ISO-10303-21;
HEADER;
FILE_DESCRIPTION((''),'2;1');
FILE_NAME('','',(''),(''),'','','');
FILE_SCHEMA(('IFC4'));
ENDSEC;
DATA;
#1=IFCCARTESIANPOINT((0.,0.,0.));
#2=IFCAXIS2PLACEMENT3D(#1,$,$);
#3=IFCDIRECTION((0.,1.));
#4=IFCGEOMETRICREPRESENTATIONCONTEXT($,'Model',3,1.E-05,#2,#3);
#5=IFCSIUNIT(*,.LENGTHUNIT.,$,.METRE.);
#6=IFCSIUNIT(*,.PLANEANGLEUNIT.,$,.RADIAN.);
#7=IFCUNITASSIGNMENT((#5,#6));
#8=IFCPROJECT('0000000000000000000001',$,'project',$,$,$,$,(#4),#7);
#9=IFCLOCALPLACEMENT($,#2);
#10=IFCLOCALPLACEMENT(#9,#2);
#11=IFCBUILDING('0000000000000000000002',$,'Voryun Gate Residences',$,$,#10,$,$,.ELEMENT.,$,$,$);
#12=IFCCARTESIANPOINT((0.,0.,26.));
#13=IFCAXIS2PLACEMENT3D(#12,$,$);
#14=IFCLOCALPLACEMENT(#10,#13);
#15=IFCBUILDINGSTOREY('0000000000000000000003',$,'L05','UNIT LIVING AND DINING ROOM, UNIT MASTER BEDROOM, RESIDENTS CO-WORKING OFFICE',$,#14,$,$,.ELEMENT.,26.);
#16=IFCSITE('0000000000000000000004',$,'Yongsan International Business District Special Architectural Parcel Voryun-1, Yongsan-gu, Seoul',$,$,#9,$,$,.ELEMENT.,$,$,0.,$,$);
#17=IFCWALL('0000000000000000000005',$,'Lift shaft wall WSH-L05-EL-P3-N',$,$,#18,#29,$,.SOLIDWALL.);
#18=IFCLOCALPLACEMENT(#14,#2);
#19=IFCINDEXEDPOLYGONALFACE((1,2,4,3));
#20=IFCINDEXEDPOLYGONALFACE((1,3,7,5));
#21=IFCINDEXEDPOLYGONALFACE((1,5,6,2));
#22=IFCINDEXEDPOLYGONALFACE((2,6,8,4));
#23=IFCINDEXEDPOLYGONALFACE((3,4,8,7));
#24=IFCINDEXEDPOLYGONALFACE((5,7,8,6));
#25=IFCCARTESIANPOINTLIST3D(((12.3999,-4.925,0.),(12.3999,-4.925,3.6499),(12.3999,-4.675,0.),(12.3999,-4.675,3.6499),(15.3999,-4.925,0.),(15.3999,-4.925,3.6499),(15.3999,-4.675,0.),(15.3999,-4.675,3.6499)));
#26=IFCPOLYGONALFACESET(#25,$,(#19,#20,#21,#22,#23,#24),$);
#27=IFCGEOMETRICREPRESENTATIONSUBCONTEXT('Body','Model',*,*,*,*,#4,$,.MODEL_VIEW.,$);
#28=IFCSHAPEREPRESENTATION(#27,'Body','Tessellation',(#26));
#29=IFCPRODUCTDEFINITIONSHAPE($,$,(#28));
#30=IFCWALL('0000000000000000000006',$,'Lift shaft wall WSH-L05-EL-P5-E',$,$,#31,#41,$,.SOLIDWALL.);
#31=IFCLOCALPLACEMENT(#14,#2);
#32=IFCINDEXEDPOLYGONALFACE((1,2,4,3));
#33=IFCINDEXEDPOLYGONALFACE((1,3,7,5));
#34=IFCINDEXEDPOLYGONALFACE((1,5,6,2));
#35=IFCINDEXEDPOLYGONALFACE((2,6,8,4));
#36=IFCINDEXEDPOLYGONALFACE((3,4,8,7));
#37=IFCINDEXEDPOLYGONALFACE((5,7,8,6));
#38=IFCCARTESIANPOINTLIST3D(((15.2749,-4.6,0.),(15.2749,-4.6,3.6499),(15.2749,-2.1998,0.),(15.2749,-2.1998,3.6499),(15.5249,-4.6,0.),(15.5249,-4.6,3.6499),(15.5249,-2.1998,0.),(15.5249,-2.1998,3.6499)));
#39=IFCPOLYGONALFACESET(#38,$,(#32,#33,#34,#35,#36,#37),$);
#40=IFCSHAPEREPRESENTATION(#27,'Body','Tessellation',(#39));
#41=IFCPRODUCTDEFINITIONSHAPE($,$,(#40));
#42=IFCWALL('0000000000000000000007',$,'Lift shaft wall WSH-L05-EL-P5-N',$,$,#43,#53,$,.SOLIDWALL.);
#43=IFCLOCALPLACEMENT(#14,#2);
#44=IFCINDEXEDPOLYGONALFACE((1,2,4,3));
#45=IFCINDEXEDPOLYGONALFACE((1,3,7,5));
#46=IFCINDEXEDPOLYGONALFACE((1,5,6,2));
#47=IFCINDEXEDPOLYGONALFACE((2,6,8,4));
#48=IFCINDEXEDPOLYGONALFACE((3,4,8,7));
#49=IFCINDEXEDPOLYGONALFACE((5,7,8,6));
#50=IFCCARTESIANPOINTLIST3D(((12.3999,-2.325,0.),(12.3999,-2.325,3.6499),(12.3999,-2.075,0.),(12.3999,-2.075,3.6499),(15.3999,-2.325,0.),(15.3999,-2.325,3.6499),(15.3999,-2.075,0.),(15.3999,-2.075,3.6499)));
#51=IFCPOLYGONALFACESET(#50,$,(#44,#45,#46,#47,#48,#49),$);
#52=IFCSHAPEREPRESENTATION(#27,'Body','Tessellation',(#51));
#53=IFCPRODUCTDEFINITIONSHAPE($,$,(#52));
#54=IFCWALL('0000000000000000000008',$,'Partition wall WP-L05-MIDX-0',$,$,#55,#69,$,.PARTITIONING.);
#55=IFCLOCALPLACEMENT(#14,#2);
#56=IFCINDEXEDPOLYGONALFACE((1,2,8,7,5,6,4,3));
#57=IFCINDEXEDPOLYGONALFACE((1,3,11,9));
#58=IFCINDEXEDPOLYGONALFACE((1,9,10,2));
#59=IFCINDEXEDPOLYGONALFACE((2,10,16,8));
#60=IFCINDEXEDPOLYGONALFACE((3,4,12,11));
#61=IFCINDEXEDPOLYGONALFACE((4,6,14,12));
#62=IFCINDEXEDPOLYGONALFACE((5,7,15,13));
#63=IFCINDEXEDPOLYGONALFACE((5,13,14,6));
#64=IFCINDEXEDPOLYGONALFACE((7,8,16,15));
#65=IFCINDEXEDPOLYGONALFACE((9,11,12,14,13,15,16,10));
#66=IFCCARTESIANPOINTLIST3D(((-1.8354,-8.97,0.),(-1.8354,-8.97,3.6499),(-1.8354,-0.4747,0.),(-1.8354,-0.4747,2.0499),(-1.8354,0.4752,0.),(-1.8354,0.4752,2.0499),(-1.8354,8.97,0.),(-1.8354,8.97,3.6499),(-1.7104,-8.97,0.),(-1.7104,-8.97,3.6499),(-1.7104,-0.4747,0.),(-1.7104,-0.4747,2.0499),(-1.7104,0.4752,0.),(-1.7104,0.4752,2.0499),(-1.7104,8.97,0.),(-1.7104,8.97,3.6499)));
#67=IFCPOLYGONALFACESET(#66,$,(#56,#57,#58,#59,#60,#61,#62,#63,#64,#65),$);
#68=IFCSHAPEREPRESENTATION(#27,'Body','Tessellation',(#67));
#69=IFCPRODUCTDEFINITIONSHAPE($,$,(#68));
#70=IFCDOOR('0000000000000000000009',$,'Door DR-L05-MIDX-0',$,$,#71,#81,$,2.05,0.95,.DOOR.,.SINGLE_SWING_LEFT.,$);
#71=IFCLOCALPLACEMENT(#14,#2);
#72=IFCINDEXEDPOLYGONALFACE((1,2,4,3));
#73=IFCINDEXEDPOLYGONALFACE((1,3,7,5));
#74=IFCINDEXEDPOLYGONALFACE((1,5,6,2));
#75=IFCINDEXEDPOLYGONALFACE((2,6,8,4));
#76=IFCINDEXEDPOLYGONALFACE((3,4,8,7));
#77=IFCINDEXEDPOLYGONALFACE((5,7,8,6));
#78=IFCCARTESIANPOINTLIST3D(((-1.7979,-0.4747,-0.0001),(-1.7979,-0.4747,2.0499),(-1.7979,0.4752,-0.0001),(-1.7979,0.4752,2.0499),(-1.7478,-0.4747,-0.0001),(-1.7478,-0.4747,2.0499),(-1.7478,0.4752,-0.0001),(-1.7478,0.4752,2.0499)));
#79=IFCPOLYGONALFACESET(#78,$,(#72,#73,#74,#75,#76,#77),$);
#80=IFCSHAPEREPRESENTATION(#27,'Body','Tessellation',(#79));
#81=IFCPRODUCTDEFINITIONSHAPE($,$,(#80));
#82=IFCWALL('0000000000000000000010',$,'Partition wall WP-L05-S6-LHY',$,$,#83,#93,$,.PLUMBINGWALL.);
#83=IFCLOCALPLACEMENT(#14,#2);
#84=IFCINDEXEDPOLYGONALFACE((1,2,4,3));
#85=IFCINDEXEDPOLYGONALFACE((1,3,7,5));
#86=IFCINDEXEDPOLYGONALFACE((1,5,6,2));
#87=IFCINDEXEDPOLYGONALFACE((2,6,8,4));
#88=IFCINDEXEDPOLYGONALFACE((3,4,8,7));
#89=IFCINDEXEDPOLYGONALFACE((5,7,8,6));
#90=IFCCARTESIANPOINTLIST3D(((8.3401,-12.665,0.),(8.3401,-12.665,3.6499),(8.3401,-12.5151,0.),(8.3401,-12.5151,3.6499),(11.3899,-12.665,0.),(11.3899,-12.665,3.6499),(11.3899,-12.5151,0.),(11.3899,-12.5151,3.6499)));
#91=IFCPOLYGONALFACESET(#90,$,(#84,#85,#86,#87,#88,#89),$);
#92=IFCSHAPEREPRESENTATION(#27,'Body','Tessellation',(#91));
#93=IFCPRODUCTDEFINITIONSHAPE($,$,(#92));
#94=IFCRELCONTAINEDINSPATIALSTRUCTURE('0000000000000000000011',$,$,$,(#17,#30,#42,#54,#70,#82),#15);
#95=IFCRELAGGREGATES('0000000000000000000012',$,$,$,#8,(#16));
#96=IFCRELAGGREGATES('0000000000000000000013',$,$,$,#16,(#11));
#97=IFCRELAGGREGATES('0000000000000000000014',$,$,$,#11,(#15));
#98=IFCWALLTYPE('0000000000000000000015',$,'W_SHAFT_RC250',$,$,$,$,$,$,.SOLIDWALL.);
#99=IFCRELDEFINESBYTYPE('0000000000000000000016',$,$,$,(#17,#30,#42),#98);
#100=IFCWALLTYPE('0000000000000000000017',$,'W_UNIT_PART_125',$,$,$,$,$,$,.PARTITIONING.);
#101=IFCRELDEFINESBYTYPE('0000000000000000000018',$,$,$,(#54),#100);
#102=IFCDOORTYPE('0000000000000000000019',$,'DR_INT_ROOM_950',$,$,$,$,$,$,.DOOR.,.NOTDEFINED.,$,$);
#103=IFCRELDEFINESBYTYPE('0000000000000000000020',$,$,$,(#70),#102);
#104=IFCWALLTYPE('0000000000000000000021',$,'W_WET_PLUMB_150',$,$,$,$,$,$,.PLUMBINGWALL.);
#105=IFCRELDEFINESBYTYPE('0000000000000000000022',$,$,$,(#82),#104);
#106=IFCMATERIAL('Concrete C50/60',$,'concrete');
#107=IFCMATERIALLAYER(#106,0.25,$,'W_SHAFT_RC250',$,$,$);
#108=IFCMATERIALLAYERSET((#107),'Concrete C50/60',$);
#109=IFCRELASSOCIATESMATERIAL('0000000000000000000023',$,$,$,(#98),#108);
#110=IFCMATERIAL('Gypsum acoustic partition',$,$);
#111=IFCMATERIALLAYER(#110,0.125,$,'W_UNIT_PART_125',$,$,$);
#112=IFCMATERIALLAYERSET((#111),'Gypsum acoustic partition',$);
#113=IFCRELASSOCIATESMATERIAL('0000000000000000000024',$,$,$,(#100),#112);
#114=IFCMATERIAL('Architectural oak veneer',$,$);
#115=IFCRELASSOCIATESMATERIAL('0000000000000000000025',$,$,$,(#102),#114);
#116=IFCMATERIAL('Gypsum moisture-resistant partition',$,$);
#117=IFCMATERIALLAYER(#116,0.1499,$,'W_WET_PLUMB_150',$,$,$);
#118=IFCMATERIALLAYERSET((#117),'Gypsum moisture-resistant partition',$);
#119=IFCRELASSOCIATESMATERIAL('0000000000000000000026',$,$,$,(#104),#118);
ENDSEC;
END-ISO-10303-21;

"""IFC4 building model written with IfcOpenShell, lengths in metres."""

from ifc_helpers import new_model, si_unit, direction, frame, frame_2d, origin, place, context, subcontext, project, spatial, rectangle, extrude, material, layer, layer_set, type_object, element, fill, save


model = new_model("IFC4")

# Units and contexts
model_context = context("Model", 3, precision=1e-05, world=origin(), true_north=direction((0.0, 1.0)))
body_context = subcontext(model_context, "Body", "Model", "MODEL_VIEW")
ifc_project = project(units=[si_unit("LENGTHUNIT", "METRE"), si_unit("PLANEANGLEUNIT", "RADIAN")], contexts=[model_context])

# Site, building, storey
site_placement = place(None, origin())
site = spatial("IfcSite", under=ifc_project, at=site_placement, Name="Yongsan International Business District Special Architectural Parcel Voryun-1, Yongsan-gu, Seoul", CompositionType="ELEMENT", RefElevation=0.0)
building_placement = place(site_placement, origin())
building = spatial("IfcBuilding", under=site, at=building_placement, Name="Voryun Gate Residences", CompositionType="ELEMENT")
storey_placement = place(building_placement, frame((0.0, 0.0, 26.0)))
storey = spatial("IfcBuildingStorey", under=building, at=storey_placement, Name="L05", Description="UNIT LIVING AND DINING ROOM, UNIT MASTER BEDROOM, RESIDENTS CO-WORKING OFFICE", CompositionType="ELEMENT", Elevation=26.0)

# Walls
ifc_material_1 = material(Name="Concrete C50/60", Category="concrete")
ifc_layer_1 = layer(ifc_material_1, 0.25, Name="W_SHAFT_RC250")
ifc_layer_set_1 = layer_set([ifc_layer_1], Name="Concrete C50/60")
wall_type_1 = type_object("IfcWallType", Name="W_SHAFT_RC250", PredefinedType="SOLIDWALL", material=ifc_layer_set_1)
wall_1_placement = place(storey_placement, frame((15.3999, -4.8, 0.0), z_axis=(0.0, 0.0, 1.0), x_axis=(-1.0, 0.0, 0.0)))
element("IfcWall", 1, at=wall_1_placement, inside=storey, type_object=wall_type_1, Name="Lift shaft wall WSH-L05-EL-P3-N", PredefinedType="SOLIDWALL", context=body_context, shape_type="SweptSolid", body=[
    extrude(rectangle(XDim=3.0, YDim=0.25, at=frame_2d((1.5, 0.0))), origin(), (0.0, 0.0, 1.0), 3.6499),
])
wall_2_placement = place(storey_placement, frame((15.3999, -4.6001, 0.0), z_axis=(0.0, 0.0, 1.0), x_axis=(0.0, 1.0, 0.0)))
element("IfcWall", 2, at=wall_2_placement, inside=storey, type_object=wall_type_1, Name="Lift shaft wall WSH-L05-EL-P5-E", PredefinedType="SOLIDWALL", context=body_context, shape_type="SweptSolid", body=[
    extrude(rectangle(XDim=2.4001, YDim=0.25, at=frame_2d((1.2002, 0.0))), origin(), (0.0, 0.0, 1.0), 3.6499),
])
wall_3_placement = place(storey_placement, frame((15.3999, -2.2, 0.0), z_axis=(0.0, 0.0, 1.0), x_axis=(-1.0, 0.0, 0.0)))
element("IfcWall", 3, at=wall_3_placement, inside=storey, type_object=wall_type_1, Name="Lift shaft wall WSH-L05-EL-P5-N", PredefinedType="SOLIDWALL", context=body_context, shape_type="SweptSolid", body=[
    extrude(rectangle(XDim=3.0, YDim=0.25, at=frame_2d((1.5, 0.0))), origin(), (0.0, 0.0, 1.0), 3.6499),
])

# Wall, opening, door
ifc_material_2 = material(Name="Gypsum acoustic partition")
ifc_layer_2 = layer(ifc_material_2, 0.125, Name="W_UNIT_PART_125")
ifc_layer_set_2 = layer_set([ifc_layer_2], Name="Gypsum acoustic partition")
wall_type_2 = type_object("IfcWallType", Name="W_UNIT_PART_125", PredefinedType="PARTITIONING", material=ifc_layer_set_2)
wall_4_placement = place(storey_placement, frame((-1.7729, -8.97, 0.0), z_axis=(0.0, 0.0, 1.0), x_axis=(0.0, 1.0, 0.0)))
wall_4 = element("IfcWall", 4, at=wall_4_placement, inside=storey, type_object=wall_type_2, Name="Partition wall WP-L05-MIDX-0", PredefinedType="PARTITIONING", context=body_context, shape_type="SweptSolid", body=[
    extrude(rectangle(XDim=17.9399, YDim=0.125, at=frame_2d((8.97, 0.0))), origin(), (0.0, 0.0, 1.0), 3.6499),
])
opening_1_placement = place(wall_4_placement, frame((8.4951, 0.0, 0.0)))
opening_1 = element("IfcOpeningElement", 5, at=opening_1_placement, cuts=wall_4, PredefinedType="OPENING", context=body_context, shape_type="SweptSolid", body=[
    extrude(rectangle(XDim=0.95, YDim=2.05, at=frame_2d((0.4751, 1.0249))), frame((0.0, 0.0725, 0.0), z_axis=(0.0, -1.0, 0.0), x_axis=(1.0, 0.0, 0.0)), (0.0, 0.0, 1.0), 0.145),
])
ifc_material_3 = material(Name="Architectural oak veneer")
door_type_1 = type_object("IfcDoorType", Name="DR_INT_ROOM_950", OperationType="NOTDEFINED", PredefinedType="DOOR", material=ifc_material_3)
door_1_placement = place(opening_1_placement, origin())
door_1 = element("IfcDoor", 6, at=door_1_placement, inside=storey, type_object=door_type_1, Name="Door DR-L05-MIDX-0", OperationType="SINGLE_SWING_LEFT", OverallHeight=2.05, OverallWidth=0.95, PredefinedType="DOOR", context=body_context, shape_type="SweptSolid", body=[
    extrude(rectangle(XDim=0.95, YDim=2.05, at=frame_2d((0.4751, 1.0249))), frame((0.0, 0.0249, 0.0), z_axis=(0.0, -1.0, 0.0), x_axis=(1.0, 0.0, 0.0)), (0.0, 0.0, 1.0), 0.05),
])
fill(opening_1, door_1)

# Wall
ifc_material_4 = material(Name="Gypsum moisture-resistant partition")
ifc_layer_3 = layer(ifc_material_4, 0.1499, Name="W_WET_PLUMB_150")
ifc_layer_set_3 = layer_set([ifc_layer_3], Name="Gypsum moisture-resistant partition")
wall_type_3 = type_object("IfcWallType", Name="W_WET_PLUMB_150", PredefinedType="PLUMBINGWALL", material=ifc_layer_set_3)
wall_5_placement = place(storey_placement, frame((8.3401, -12.5901, 0.0), z_axis=(0.0, 0.0, 1.0), x_axis=(1.0, 0.0, 0.0)))
element("IfcWall", 7, at=wall_5_placement, inside=storey, type_object=wall_type_3, Name="Partition wall WP-L05-S6-LHY", PredefinedType="PLUMBINGWALL", context=body_context, shape_type="SweptSolid", body=[
    extrude(rectangle(XDim=3.0498, YDim=0.1499, at=frame_2d((1.5249, 0.0))), origin(), (0.0, 0.0, 1.0), 3.6499),
])

save(model, "model.ifc")
